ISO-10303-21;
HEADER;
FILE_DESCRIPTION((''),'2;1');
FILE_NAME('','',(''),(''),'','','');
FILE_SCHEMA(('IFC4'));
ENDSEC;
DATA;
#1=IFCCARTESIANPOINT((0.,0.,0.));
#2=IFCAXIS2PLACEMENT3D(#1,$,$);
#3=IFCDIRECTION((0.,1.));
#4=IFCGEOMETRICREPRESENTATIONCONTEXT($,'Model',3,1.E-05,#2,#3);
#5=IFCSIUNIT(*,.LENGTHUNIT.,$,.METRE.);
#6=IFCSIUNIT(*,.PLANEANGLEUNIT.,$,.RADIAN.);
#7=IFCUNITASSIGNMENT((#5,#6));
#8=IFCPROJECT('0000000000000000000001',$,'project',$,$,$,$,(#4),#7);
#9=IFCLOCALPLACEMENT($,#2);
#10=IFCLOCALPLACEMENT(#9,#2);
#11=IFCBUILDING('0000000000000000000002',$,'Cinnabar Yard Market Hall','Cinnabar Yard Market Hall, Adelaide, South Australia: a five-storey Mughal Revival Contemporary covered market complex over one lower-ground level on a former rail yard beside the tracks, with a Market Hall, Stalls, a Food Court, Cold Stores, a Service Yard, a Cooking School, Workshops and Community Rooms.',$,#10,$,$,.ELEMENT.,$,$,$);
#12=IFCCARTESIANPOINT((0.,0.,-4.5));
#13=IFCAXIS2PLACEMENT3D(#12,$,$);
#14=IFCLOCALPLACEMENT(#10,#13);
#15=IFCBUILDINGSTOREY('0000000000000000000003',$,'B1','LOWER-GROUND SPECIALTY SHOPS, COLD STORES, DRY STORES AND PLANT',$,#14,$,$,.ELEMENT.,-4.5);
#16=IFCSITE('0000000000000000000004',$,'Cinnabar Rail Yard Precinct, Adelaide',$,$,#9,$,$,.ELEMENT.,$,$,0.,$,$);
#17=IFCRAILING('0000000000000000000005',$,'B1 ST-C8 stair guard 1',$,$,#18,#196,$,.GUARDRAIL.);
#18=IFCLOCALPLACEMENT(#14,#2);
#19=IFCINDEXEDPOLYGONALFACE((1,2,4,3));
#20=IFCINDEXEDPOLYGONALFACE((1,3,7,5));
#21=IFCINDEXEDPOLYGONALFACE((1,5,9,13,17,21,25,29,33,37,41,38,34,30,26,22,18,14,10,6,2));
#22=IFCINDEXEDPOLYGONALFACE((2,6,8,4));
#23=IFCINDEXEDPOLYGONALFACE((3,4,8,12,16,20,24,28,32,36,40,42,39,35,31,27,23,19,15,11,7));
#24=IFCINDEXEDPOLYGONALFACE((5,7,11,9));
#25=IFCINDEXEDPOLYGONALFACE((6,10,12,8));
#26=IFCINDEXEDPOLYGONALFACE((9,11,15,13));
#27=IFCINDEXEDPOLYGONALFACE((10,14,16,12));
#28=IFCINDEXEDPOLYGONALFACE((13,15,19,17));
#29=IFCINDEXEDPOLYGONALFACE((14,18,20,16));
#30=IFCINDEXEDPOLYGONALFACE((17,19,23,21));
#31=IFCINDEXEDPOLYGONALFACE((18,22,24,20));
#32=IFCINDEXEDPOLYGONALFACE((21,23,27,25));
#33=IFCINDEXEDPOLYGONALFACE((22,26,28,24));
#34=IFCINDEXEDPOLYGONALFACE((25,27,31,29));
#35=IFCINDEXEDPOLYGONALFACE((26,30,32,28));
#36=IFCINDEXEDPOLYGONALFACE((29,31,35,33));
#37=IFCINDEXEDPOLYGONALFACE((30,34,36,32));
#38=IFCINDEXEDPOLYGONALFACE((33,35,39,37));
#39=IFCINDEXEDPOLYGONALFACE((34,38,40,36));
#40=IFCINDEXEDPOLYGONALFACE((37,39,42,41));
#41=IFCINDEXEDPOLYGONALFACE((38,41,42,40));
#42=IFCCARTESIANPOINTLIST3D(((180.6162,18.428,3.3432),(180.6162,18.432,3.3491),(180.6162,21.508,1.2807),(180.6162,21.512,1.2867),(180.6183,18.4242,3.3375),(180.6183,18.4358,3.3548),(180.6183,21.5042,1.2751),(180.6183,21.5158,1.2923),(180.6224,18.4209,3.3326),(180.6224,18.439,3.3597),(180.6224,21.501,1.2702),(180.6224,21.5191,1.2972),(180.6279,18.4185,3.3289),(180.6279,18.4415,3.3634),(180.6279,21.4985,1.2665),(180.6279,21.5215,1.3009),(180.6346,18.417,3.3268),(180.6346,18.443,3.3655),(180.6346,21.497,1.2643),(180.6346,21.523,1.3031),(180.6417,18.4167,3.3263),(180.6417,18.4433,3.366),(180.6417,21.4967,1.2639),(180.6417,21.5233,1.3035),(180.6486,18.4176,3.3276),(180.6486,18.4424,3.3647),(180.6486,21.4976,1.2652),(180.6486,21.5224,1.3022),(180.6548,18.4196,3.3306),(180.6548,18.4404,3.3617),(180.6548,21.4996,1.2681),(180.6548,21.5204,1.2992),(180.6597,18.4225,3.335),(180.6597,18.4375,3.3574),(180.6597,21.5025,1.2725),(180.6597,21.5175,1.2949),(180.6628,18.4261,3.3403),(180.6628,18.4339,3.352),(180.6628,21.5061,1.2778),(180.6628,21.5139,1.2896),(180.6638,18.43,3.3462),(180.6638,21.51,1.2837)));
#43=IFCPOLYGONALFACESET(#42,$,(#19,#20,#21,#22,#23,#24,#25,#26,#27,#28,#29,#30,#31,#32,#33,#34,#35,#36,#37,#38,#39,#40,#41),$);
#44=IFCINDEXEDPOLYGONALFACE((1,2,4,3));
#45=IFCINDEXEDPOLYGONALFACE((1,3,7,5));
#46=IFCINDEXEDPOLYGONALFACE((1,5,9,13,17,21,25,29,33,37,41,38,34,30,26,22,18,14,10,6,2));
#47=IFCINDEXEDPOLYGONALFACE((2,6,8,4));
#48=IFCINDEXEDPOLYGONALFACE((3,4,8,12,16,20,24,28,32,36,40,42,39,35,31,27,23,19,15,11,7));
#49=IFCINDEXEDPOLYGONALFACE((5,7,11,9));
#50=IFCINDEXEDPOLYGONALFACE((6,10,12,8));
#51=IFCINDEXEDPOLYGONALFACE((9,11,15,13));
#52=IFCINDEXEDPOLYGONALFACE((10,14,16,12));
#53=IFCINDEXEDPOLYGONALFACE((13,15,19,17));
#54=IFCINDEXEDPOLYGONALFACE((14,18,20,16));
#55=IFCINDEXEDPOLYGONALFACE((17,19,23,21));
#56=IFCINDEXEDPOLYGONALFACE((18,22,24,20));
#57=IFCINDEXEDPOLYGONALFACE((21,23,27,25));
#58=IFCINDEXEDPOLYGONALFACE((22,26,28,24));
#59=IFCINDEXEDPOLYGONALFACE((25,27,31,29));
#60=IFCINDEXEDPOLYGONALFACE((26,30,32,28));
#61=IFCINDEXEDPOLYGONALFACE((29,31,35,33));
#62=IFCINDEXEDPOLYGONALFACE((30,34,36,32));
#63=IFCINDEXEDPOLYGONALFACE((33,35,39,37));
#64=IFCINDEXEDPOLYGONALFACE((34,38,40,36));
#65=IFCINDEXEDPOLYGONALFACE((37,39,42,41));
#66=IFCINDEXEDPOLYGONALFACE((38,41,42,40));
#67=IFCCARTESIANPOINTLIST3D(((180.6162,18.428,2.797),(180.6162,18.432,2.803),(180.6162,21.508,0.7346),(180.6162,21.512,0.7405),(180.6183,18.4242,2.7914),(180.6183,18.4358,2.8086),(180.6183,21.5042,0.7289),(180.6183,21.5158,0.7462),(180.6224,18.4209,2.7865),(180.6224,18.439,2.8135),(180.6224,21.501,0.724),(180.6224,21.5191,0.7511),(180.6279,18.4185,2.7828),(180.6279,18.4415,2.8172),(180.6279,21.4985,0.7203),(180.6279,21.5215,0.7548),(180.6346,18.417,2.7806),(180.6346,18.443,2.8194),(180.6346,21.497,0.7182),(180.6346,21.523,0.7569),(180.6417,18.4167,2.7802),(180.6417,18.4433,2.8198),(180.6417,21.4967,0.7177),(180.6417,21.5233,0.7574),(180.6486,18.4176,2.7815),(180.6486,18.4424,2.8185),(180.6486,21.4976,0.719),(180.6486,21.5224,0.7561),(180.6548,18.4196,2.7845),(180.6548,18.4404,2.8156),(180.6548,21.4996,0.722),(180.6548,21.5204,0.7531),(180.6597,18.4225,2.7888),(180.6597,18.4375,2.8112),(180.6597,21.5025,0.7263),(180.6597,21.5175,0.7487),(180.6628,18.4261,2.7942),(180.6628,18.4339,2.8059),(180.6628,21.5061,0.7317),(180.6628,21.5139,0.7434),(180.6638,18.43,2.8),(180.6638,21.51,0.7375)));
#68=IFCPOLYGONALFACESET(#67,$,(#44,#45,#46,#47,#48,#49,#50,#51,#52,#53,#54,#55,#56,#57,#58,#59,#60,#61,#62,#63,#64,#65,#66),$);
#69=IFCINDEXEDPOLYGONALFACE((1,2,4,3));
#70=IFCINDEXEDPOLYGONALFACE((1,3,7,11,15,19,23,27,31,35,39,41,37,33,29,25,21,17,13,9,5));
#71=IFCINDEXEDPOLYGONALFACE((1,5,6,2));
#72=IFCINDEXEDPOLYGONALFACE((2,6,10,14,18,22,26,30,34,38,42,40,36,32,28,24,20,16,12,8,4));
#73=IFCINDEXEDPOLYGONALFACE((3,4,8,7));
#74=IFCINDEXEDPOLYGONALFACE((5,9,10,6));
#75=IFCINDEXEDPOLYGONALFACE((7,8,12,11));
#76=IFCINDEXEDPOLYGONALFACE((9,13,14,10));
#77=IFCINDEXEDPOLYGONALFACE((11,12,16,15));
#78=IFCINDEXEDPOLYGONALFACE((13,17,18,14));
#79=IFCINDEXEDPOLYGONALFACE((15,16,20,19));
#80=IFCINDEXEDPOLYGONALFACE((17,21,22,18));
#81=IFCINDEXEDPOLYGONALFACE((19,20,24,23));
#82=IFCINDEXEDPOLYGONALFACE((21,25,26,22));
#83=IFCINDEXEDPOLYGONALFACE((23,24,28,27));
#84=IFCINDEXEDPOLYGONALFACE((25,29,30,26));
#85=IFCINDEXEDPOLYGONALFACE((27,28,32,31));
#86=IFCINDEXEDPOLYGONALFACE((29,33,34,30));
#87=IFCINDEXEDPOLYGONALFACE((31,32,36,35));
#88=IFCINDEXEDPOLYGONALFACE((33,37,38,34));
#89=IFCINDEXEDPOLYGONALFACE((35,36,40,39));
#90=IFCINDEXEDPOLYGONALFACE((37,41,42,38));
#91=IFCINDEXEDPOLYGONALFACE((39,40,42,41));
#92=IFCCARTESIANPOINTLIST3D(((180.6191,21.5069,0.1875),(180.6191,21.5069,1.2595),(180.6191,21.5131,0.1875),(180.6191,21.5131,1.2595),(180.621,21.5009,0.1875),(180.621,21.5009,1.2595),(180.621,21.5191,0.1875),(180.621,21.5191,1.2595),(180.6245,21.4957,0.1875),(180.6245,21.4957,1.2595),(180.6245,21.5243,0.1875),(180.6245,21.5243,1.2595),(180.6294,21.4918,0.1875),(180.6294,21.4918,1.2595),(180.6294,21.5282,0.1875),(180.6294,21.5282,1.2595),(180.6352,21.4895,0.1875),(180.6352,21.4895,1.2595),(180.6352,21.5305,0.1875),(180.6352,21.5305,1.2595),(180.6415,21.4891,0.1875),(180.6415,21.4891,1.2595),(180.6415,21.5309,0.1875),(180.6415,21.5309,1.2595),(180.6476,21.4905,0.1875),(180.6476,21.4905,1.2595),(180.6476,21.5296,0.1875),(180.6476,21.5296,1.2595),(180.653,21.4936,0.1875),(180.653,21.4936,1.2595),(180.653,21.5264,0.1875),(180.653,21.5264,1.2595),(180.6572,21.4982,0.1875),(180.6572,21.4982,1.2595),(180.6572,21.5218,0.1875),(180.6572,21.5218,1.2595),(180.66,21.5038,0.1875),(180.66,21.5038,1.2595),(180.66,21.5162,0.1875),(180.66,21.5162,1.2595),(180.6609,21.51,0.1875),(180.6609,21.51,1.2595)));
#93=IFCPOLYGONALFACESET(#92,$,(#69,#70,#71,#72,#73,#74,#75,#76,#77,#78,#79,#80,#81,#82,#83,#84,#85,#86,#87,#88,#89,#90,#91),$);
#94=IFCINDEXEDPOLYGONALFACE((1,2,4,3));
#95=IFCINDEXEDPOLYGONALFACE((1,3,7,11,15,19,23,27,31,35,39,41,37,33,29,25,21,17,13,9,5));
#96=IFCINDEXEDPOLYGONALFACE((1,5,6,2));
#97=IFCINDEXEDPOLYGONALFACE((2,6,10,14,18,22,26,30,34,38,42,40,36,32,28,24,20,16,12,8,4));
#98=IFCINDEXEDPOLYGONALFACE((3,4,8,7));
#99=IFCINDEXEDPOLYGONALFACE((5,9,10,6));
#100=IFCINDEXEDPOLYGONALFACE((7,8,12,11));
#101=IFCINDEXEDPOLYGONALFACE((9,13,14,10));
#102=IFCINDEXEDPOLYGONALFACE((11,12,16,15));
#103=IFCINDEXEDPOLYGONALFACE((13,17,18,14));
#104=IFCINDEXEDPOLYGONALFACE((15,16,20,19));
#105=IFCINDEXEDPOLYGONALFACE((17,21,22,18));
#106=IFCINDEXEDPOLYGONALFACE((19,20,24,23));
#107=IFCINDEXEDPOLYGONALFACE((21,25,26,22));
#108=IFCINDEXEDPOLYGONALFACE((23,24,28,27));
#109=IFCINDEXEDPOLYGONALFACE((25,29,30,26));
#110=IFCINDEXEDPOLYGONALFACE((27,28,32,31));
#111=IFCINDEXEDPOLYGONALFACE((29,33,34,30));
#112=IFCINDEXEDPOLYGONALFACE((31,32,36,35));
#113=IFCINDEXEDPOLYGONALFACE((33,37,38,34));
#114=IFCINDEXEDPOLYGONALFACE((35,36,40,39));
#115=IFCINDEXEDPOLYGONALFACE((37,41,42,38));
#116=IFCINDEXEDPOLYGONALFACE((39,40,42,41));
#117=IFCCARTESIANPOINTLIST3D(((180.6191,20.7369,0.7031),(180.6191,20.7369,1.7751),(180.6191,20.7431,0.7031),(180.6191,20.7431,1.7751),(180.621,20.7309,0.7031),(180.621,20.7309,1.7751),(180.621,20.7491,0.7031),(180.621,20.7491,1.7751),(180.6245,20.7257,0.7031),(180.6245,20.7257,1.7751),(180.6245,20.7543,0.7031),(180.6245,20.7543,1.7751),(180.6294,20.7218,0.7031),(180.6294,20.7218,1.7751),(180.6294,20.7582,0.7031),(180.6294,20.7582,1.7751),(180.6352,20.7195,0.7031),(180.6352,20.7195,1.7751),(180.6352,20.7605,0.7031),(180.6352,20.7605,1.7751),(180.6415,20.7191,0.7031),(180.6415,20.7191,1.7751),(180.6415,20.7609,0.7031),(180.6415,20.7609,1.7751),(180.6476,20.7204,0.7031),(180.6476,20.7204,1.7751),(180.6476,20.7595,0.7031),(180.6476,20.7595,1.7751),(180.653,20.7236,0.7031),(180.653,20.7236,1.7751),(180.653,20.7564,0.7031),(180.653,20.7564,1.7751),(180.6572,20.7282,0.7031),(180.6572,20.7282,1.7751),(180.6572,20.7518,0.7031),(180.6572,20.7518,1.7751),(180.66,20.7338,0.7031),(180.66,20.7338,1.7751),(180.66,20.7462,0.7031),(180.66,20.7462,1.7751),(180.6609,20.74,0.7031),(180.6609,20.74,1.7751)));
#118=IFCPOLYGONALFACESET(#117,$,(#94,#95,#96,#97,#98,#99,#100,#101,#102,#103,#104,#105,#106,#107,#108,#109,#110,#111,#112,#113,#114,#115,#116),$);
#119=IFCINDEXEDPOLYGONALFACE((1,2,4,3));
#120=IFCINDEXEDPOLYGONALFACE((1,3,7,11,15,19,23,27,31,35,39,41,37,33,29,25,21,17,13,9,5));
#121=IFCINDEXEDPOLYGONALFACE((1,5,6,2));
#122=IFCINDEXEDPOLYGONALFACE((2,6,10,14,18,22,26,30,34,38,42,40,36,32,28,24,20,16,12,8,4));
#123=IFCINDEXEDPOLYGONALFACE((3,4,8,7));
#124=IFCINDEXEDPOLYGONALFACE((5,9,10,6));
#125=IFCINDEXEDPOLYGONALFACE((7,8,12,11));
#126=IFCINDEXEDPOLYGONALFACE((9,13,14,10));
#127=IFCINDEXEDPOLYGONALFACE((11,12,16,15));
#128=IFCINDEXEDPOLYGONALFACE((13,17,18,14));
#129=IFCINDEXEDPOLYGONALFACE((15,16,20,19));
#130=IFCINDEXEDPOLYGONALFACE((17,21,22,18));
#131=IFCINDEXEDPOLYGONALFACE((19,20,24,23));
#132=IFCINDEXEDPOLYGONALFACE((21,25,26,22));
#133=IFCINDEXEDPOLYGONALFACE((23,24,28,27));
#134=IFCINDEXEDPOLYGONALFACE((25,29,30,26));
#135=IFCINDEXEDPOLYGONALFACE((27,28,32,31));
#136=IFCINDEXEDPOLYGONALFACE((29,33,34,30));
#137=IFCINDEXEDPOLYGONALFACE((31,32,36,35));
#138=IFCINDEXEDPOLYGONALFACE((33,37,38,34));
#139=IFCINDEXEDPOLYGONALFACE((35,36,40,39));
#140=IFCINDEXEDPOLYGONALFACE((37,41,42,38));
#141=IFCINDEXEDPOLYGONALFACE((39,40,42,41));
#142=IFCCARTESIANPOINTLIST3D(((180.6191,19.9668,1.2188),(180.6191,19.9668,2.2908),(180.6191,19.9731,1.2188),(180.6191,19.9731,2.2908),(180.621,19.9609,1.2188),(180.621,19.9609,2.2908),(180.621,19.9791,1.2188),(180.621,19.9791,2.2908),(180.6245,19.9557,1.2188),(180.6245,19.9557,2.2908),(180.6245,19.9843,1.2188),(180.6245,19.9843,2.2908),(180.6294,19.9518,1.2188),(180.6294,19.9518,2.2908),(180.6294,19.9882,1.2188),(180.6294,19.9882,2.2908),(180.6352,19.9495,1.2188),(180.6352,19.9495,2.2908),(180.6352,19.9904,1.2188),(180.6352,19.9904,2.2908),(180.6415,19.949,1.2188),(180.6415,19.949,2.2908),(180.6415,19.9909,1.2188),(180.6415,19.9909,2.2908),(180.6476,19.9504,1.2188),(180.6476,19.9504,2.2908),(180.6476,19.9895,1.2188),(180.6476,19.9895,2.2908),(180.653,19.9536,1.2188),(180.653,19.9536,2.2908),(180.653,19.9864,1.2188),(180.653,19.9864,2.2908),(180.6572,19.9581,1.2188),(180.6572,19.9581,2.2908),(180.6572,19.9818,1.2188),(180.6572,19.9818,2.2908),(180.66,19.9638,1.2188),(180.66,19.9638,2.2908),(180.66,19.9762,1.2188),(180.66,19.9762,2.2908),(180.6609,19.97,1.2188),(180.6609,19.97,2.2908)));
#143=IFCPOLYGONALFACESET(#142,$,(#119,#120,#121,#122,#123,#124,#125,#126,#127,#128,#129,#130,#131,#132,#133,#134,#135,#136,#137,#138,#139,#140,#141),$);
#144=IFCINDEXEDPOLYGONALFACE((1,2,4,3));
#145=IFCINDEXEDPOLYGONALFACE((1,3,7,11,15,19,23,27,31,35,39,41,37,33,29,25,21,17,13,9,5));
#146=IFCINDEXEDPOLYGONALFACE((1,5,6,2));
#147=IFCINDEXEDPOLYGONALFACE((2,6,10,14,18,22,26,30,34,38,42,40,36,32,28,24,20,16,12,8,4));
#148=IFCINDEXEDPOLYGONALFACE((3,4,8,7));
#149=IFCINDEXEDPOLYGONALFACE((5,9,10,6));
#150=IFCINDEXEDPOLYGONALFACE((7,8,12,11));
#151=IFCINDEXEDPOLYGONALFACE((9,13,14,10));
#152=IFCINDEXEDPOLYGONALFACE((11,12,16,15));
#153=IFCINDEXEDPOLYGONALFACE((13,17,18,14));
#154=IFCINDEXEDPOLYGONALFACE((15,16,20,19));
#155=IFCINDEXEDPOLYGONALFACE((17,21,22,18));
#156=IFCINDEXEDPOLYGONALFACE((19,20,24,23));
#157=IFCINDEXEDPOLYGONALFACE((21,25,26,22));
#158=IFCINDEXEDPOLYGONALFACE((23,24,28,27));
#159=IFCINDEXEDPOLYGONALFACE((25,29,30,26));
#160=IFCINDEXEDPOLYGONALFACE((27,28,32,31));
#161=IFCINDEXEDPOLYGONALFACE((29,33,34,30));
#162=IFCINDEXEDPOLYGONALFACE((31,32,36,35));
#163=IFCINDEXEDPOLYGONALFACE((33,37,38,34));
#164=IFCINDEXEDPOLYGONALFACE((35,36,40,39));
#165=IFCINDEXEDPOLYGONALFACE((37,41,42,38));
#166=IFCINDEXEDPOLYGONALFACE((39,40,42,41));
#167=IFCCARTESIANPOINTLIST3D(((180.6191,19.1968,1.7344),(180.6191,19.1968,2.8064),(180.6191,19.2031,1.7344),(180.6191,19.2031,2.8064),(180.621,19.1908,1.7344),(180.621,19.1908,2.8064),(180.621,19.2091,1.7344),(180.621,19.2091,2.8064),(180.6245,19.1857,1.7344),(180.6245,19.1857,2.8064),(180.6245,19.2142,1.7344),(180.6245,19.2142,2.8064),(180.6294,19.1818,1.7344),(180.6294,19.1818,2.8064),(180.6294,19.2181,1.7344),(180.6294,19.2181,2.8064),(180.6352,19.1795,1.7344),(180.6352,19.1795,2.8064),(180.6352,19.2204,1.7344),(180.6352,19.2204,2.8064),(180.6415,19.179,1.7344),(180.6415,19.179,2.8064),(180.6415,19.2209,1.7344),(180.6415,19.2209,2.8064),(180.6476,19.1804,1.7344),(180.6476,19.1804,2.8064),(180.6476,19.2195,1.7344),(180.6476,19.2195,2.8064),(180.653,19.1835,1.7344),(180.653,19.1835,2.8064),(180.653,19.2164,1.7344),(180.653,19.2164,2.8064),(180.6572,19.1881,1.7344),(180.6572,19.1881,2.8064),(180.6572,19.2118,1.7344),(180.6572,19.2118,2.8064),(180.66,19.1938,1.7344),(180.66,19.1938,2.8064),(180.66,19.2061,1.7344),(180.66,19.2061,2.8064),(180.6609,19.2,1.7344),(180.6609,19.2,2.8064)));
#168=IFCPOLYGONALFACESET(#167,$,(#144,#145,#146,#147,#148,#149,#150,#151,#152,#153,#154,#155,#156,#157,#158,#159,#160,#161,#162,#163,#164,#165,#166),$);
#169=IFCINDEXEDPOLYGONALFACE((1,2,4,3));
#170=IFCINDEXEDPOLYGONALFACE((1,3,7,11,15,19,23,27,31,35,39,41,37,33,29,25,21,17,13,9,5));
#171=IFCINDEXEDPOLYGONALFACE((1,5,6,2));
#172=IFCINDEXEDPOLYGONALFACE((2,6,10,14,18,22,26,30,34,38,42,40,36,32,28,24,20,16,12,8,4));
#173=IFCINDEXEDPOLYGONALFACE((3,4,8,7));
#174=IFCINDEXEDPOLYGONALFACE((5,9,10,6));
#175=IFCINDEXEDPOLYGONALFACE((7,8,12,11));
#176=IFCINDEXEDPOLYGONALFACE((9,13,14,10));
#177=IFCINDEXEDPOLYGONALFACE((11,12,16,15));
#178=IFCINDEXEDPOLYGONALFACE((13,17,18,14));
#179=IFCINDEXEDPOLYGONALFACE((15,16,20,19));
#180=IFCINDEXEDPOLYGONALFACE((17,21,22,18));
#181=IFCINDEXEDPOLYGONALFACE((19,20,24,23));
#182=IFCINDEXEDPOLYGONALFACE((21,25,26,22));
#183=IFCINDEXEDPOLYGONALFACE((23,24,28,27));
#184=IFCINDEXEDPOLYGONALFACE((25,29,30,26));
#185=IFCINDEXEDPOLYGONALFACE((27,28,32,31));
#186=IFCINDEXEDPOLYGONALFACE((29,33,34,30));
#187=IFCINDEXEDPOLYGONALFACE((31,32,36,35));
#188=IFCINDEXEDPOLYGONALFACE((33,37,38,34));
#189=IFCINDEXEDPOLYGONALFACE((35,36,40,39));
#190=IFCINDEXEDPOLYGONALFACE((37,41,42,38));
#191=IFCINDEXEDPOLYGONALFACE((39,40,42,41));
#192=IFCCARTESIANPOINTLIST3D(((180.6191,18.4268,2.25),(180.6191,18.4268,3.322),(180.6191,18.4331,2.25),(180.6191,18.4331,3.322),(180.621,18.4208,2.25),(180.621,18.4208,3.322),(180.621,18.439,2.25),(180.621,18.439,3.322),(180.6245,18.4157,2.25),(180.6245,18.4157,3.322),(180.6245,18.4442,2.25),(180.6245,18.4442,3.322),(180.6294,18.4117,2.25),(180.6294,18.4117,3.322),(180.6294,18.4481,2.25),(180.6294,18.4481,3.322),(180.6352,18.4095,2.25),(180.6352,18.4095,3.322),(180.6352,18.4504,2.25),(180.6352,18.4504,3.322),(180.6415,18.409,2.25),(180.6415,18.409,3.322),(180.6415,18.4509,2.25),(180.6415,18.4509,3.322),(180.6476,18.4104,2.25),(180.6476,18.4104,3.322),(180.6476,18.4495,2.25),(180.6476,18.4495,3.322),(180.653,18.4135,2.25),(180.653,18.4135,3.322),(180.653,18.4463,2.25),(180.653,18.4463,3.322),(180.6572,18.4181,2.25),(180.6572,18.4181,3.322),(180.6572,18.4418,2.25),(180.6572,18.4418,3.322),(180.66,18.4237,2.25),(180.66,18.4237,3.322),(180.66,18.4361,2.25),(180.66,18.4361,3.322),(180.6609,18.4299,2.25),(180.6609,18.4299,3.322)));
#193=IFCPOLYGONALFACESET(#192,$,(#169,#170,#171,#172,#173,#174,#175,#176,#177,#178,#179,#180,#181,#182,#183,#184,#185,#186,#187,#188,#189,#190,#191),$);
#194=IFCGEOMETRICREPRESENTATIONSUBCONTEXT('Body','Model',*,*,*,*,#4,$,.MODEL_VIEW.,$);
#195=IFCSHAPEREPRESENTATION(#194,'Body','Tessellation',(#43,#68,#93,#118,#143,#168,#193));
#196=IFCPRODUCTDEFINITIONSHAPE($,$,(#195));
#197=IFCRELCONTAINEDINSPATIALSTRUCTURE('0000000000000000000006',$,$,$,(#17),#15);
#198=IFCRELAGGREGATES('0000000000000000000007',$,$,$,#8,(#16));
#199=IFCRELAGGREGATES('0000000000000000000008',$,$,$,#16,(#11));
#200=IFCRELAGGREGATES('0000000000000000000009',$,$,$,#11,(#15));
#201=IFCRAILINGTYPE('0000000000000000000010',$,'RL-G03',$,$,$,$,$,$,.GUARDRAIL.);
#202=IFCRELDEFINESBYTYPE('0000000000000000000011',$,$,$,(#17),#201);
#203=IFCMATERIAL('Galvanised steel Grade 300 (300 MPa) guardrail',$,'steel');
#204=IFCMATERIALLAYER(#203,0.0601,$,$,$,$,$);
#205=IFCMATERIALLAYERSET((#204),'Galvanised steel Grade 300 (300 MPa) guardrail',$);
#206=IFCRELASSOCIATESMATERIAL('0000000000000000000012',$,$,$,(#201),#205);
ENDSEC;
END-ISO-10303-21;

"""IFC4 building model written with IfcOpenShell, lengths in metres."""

from ifc_helpers import new_model, si_unit, direction, frame, origin, origin_2d_with_axis, place, context, subcontext, project, spatial, circle, extrude, material, layer, layer_set, type_object, element, save


model = new_model("IFC4")

# Units and contexts
model_context = context("Model", 3, precision=1e-05, world=origin(), true_north=direction((0.0, 1.0)))
body_context = subcontext(model_context, "Body", "Model", "MODEL_VIEW")
ifc_project = project(units=[si_unit("LENGTHUNIT", "METRE"), si_unit("PLANEANGLEUNIT", "RADIAN")], contexts=[model_context])

# Site, building, storey
site_placement = place(None, origin())
site = spatial("IfcSite", under=ifc_project, at=site_placement, Name="Cinnabar Rail Yard Precinct, Adelaide", CompositionType="ELEMENT", RefElevation=0.0)
building_placement = place(site_placement, origin())
building = spatial("IfcBuilding", under=site, at=building_placement, Name="Cinnabar Yard Market Hall", Description="Cinnabar Yard Market Hall, Adelaide, South Australia: a five-storey Mughal Revival Contemporary covered market complex over one lower-ground level on a former rail yard beside the tracks, with a Market Hall, Stalls, a Food Court, Cold Stores, a Service Yard, a Cooking School, Workshops and Community Rooms.", CompositionType="ELEMENT")
storey_placement = place(building_placement, frame((0.0, 0.0, -4.5)))
storey = spatial("IfcBuildingStorey", under=building, at=storey_placement, Name="B1", Description="LOWER-GROUND SPECIALTY SHOPS, COLD STORES, DRY STORES AND PLANT", CompositionType="ELEMENT", Elevation=-4.5)

# Railing
ifc_material_1 = material(Name="Galvanised steel Grade 300 (300 MPa) guardrail", Category="steel")
ifc_layer_1 = layer(ifc_material_1, 0.0601)
ifc_layer_set_1 = layer_set([ifc_layer_1], Name="Galvanised steel Grade 300 (300 MPa) guardrail")
railing_type_1 = type_object("IfcRailingType", Name="RL-G03", PredefinedType="GUARDRAIL", material=ifc_layer_set_1)
railing_1_placement = place(storey_placement, frame((180.6399, 21.51, 0.1875)))
element("IfcRailing", 1, at=railing_1_placement, inside=storey, type_object=railing_type_1, Name="B1 ST-C8 stair guard 1", PredefinedType="GUARDRAIL", context=body_context, shape_type="SweptSolid", body=[
    extrude(circle(Radius=0.0239, at=origin_2d_with_axis()), frame((0.0, 0.0, 1.0962), z_axis=(0.0, -0.830914, 0.556401), x_axis=(1.0, 0.0, 0.0)), (0.0, 0.0, 1.0), 3.7068),
    extrude(circle(Radius=0.0239, at=origin_2d_with_axis()), frame((0.0, 0.0, 0.55), z_axis=(0.0, -0.830914, 0.556401), x_axis=(1.0, 0.0, 0.0)), (0.0, 0.0, 1.0), 3.7068),
    extrude(circle(Radius=0.021, at=origin_2d_with_axis()), origin(), (0.0, 0.0, 1.0), 1.072),
    extrude(circle(Radius=0.021, at=origin_2d_with_axis()), frame((0.0, -0.77, 0.5156)), (0.0, 0.0, 1.0), 1.072),
    extrude(circle(Radius=0.021, at=origin_2d_with_axis()), frame((0.0, -1.54, 1.0312)), (0.0, 0.0, 1.0), 1.072),
    extrude(circle(Radius=0.021, at=origin_2d_with_axis()), frame((0.0, -2.3101, 1.5469)), (0.0, 0.0, 1.0), 1.072),
    extrude(circle(Radius=0.021, at=origin_2d_with_axis()), frame((0.0, -3.0801, 2.0625)), (0.0, 0.0, 1.0), 1.072),
])

save(model, "model.ifc")
